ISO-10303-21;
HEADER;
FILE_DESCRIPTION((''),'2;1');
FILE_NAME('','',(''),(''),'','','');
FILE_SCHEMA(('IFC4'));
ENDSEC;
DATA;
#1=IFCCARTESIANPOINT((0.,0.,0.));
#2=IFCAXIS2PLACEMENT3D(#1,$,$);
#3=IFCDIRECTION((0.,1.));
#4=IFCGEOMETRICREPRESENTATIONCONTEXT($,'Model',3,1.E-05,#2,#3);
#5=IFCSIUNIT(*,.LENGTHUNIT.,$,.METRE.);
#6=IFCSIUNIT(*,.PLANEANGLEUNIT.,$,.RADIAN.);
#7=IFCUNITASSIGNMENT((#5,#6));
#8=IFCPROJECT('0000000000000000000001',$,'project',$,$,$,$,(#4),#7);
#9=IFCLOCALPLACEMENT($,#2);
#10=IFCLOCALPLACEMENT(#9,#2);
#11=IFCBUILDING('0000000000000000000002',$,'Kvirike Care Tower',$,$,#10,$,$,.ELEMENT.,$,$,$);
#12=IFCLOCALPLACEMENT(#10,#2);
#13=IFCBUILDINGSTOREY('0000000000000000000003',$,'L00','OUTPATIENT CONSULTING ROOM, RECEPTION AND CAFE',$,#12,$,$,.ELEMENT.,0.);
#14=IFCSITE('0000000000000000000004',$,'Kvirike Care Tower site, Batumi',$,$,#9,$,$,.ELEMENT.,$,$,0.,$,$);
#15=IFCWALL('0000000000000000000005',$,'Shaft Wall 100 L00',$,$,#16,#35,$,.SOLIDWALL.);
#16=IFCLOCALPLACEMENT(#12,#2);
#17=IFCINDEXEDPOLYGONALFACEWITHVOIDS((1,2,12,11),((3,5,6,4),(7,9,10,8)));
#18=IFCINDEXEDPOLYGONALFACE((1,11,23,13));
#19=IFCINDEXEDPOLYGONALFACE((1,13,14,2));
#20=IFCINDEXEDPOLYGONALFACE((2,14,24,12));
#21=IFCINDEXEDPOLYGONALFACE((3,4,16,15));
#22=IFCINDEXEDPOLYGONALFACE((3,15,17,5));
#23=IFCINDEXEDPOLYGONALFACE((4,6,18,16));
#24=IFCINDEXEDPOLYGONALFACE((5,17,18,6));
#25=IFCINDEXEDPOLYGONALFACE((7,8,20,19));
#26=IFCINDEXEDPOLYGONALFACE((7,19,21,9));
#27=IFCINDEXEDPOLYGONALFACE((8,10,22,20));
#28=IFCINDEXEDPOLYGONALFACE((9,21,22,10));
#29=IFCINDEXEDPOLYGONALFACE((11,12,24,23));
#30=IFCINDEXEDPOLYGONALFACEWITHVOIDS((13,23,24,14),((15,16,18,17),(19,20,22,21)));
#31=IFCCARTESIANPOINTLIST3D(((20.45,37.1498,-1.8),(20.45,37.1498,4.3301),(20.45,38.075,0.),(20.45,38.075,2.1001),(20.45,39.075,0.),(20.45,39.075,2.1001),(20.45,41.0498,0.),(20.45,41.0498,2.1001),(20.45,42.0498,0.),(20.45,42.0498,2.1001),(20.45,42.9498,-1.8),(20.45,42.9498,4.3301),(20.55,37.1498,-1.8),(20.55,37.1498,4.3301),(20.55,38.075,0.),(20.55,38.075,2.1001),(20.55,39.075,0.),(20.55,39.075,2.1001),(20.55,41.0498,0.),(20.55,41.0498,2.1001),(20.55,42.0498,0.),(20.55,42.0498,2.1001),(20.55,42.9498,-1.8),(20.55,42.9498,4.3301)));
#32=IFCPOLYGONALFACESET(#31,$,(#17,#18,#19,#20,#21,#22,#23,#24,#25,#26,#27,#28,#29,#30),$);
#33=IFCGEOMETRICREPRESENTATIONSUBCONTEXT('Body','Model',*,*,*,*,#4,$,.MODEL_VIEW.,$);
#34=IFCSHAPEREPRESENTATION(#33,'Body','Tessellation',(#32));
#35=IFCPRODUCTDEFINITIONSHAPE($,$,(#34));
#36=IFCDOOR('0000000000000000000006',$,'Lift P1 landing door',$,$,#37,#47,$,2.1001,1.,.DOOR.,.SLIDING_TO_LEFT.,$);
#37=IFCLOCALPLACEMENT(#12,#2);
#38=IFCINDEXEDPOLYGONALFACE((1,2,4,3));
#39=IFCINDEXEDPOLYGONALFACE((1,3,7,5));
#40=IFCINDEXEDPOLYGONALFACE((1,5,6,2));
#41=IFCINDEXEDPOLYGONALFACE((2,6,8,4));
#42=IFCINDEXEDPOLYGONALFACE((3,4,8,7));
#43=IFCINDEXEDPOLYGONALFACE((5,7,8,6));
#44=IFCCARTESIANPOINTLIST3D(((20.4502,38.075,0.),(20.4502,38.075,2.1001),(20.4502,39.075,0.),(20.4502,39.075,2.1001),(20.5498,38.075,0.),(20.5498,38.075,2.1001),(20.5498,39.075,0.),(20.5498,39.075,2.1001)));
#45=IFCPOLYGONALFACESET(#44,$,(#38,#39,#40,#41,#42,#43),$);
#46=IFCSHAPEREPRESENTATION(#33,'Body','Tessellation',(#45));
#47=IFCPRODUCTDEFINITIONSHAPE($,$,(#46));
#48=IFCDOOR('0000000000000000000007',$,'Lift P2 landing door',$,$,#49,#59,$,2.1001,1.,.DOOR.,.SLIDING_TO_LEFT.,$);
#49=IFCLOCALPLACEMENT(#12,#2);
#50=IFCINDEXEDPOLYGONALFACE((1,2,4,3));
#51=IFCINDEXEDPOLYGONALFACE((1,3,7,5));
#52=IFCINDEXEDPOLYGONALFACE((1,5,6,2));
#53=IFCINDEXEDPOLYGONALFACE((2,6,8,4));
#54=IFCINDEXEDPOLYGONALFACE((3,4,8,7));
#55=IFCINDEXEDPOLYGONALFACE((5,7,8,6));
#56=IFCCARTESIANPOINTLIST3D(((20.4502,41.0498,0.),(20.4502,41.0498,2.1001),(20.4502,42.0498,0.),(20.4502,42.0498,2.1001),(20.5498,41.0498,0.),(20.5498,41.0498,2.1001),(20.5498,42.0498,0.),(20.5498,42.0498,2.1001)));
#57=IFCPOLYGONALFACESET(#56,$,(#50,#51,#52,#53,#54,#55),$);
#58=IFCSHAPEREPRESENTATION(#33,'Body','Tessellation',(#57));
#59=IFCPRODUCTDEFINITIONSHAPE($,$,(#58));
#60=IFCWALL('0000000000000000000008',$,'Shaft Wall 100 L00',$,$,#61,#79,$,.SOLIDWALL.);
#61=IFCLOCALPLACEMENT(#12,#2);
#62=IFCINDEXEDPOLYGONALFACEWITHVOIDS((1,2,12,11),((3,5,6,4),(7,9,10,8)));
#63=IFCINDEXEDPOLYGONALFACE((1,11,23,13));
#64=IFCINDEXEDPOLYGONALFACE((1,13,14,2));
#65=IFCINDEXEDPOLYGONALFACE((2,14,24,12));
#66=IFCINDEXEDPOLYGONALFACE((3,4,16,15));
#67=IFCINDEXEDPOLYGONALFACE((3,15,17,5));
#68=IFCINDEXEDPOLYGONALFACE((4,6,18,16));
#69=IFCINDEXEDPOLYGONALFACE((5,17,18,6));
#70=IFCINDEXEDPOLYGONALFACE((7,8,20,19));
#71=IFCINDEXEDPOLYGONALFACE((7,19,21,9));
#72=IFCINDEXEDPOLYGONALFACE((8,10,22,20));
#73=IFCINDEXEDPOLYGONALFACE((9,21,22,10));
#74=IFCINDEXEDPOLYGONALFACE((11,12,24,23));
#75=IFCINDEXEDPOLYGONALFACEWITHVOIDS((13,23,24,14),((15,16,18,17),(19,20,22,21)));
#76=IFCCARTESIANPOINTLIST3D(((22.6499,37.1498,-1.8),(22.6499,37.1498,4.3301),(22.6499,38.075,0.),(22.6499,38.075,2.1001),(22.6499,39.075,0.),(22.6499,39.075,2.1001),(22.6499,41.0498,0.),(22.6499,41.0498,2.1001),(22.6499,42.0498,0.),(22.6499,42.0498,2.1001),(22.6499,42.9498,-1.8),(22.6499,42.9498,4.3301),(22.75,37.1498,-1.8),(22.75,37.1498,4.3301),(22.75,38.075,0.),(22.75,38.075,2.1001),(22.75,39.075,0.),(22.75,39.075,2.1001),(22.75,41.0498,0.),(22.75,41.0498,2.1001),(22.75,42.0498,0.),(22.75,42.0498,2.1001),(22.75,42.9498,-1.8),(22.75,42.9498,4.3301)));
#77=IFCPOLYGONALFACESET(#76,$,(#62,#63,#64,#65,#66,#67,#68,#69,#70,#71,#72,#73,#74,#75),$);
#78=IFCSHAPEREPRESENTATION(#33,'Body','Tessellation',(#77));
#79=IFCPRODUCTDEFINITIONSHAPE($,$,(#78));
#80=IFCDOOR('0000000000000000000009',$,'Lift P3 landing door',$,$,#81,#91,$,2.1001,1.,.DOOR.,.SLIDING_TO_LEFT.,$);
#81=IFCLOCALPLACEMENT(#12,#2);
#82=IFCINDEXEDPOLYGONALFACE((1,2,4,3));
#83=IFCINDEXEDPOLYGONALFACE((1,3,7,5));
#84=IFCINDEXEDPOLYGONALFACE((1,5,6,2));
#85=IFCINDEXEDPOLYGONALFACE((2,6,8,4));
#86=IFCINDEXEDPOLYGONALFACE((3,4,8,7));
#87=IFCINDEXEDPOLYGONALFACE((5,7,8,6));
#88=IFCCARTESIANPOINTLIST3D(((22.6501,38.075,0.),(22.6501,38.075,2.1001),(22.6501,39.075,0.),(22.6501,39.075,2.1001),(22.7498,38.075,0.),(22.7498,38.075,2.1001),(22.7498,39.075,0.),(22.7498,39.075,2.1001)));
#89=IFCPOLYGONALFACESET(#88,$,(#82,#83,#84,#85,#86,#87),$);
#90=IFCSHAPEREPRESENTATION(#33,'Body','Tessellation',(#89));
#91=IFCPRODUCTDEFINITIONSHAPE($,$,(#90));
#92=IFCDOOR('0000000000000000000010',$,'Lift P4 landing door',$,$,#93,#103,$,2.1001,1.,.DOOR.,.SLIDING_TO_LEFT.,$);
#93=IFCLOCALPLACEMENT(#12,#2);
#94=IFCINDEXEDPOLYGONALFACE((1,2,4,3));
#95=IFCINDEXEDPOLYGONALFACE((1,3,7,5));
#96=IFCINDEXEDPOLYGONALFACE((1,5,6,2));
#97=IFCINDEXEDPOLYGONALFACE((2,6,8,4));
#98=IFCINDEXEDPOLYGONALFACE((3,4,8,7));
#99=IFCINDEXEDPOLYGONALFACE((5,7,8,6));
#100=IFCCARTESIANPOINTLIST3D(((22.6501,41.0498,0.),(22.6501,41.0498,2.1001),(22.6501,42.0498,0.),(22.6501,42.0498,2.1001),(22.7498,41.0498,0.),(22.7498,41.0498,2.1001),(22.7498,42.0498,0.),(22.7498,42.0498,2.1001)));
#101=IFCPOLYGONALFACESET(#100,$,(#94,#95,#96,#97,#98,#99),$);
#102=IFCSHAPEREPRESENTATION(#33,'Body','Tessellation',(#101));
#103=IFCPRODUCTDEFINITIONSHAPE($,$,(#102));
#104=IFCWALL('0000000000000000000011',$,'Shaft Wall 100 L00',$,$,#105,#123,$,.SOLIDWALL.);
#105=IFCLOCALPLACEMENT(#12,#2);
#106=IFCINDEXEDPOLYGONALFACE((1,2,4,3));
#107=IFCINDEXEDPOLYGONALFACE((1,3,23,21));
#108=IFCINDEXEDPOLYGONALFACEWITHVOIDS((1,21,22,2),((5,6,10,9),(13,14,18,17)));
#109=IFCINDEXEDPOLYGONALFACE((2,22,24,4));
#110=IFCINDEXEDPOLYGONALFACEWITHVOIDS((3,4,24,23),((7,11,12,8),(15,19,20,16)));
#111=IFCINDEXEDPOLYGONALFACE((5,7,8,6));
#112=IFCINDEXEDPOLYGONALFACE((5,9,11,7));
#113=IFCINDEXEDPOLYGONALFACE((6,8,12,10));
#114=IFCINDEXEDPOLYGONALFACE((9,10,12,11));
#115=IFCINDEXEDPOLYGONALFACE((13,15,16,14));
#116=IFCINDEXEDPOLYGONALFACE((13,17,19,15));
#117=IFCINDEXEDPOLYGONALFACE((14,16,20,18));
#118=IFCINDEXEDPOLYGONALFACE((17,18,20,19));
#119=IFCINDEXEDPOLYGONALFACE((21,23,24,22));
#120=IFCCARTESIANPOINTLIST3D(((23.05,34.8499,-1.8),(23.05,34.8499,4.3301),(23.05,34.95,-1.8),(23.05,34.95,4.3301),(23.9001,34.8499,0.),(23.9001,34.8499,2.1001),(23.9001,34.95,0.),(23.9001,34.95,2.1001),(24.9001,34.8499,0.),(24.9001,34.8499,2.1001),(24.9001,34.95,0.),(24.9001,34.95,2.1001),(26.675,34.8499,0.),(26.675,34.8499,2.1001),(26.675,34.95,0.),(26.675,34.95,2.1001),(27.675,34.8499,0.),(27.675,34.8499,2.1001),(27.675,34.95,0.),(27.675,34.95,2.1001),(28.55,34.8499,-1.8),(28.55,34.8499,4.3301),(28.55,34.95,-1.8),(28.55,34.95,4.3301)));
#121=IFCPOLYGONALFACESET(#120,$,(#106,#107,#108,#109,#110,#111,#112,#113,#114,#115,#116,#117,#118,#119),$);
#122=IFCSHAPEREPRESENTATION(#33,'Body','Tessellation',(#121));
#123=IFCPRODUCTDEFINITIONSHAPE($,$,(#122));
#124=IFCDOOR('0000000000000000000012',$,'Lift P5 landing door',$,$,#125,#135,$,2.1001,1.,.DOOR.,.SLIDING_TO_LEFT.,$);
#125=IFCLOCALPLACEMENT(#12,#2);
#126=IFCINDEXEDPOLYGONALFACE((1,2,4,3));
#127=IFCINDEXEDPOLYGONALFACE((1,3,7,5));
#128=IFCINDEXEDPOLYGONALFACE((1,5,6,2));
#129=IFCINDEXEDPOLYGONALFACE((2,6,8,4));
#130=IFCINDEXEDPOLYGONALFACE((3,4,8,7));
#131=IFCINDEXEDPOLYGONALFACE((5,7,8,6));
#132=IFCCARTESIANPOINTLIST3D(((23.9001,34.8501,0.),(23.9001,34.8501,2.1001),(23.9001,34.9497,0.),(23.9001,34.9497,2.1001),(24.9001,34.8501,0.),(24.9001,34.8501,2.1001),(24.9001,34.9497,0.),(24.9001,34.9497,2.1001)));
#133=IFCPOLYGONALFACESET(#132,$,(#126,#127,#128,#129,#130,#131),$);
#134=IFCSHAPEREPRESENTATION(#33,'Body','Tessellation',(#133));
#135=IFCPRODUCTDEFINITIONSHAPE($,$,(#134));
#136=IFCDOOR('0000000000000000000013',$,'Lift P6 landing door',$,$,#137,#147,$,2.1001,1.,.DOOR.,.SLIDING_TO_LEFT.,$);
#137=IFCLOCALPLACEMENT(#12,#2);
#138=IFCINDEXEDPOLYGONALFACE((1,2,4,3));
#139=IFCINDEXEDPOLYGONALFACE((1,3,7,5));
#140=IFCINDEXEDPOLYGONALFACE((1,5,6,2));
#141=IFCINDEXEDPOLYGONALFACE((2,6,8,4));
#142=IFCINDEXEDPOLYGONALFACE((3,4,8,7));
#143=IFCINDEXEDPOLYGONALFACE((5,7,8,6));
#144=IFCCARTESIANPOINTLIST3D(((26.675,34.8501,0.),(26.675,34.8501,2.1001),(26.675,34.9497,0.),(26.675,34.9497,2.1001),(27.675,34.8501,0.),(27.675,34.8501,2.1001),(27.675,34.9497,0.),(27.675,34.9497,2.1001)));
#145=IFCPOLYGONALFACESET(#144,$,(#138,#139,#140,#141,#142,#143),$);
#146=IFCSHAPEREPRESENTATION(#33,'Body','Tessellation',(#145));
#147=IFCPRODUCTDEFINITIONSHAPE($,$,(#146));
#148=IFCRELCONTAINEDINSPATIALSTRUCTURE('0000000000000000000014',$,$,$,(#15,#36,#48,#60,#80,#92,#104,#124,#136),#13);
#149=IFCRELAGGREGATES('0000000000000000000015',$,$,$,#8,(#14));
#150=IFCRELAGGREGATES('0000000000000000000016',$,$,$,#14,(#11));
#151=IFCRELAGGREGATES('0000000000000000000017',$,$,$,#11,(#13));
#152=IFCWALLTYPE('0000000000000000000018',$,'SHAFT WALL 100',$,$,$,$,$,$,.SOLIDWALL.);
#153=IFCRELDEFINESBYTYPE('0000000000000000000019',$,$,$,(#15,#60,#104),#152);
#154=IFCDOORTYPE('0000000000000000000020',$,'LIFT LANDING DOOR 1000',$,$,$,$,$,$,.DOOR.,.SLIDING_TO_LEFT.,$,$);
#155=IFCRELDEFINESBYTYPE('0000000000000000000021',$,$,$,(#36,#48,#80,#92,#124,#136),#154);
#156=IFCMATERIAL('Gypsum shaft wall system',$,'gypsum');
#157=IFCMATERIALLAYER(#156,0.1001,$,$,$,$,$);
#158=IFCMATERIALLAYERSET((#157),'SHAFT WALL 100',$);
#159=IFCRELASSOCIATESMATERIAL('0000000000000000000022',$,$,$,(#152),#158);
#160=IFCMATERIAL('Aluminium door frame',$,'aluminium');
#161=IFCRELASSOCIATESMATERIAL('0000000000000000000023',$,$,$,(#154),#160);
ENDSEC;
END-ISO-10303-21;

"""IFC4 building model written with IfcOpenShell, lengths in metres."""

from ifc_helpers import new_model, si_unit, direction, frame, frame_2d, origin, place, context, subcontext, project, spatial, rectangle, extrude, material, layer, layer_set, type_object, element, fill, save


model = new_model("IFC4")

# Units and contexts
model_context = context("Model", 3, precision=1e-05, world=origin(), true_north=direction((0.0, 1.0)))
body_context = subcontext(model_context, "Body", "Model", "MODEL_VIEW")
ifc_project = project(units=[si_unit("LENGTHUNIT", "METRE"), si_unit("PLANEANGLEUNIT", "RADIAN")], contexts=[model_context])

# Site, building, storey
site_placement = place(None, origin())
site = spatial("IfcSite", under=ifc_project, at=site_placement, Name="Kvirike Care Tower site, Batumi", CompositionType="ELEMENT", RefElevation=0.0)
building_placement = place(site_placement, origin())
building = spatial("IfcBuilding", under=site, at=building_placement, Name="Kvirike Care Tower", CompositionType="ELEMENT")
storey_placement = place(building_placement, origin())
storey = spatial("IfcBuildingStorey", under=building, at=storey_placement, Name="L00", Description="OUTPATIENT CONSULTING ROOM, RECEPTION AND CAFE", CompositionType="ELEMENT", Elevation=0.0)

# Walls, openings, doors
ifc_material_1 = material(Name="Gypsum shaft wall system", Category="gypsum")
ifc_layer = layer(ifc_material_1, 0.1001)
ifc_layer_set = layer_set([ifc_layer], Name="SHAFT WALL 100")
wall_type = type_object("IfcWallType", Name="SHAFT WALL 100", PredefinedType="SOLIDWALL", material=ifc_layer_set)
wall_1_placement = place(storey_placement, frame((20.5, 37.1499, -1.8), z_axis=(0.0, 0.0, 1.0), x_axis=(0.0, 1.0, 0.0)))
wall_1 = element("IfcWall", 1, at=wall_1_placement, inside=storey, type_object=wall_type, Name="Shaft Wall 100 L00", PredefinedType="SOLIDWALL", context=body_context, shape_type="SweptSolid", body=[
    extrude(rectangle(XDim=5.8, YDim=0.1001, at=frame_2d((2.8999, 0.0))), origin(), (0.0, 0.0, 1.0), 6.1301),
])
opening_1_placement = place(wall_1_placement, frame((0.925, 0.0, 1.8)))
opening_1 = element("IfcOpeningElement", 2, at=opening_1_placement, cuts=wall_1, PredefinedType="OPENING", context=body_context, shape_type="SweptSolid", body=[
    extrude(rectangle(XDim=1.0, YDim=2.1001, at=frame_2d((0.5, 1.05))), frame((0.0, 0.0605, 0.0), z_axis=(0.0, -1.0, 0.0), x_axis=(1.0, 0.0, 0.0)), (0.0, 0.0, 1.0), 0.1211),
])
opening_2_placement = place(wall_1_placement, frame((3.8999, 0.0, 1.8)))
opening_2 = element("IfcOpeningElement", 3, at=opening_2_placement, cuts=wall_1, PredefinedType="OPENING", context=body_context, shape_type="SweptSolid", body=[
    extrude(rectangle(XDim=1.0, YDim=2.1001, at=frame_2d((0.5, 1.05))), frame((0.0, 0.0605, 0.0), z_axis=(0.0, -1.0, 0.0), x_axis=(1.0, 0.0, 0.0)), (0.0, 0.0, 1.0), 0.1211),
])
ifc_material_2 = material(Name="Aluminium door frame", Category="aluminium")
door_type_1 = type_object("IfcDoorType", Name="LIFT LANDING DOOR 1000", OperationType="SLIDING_TO_LEFT", PredefinedType="DOOR", material=ifc_material_2)
door_1_placement = place(opening_1_placement, origin())
door_1 = element("IfcDoor", 4, at=door_1_placement, inside=storey, type_object=door_type_1, Name="Lift P1 landing door", OperationType="SLIDING_TO_LEFT", OverallHeight=2.1001, OverallWidth=1.0, PredefinedType="DOOR", context=body_context, shape_type="SweptSolid", body=[
    extrude(rectangle(XDim=1.0, YDim=2.1001, at=frame_2d((0.5, 1.05))), frame((0.0, 0.0498, 0.0), z_axis=(0.0, -1.0, 0.0), x_axis=(1.0, 0.0, 0.0)), (0.0, 0.0, 1.0), 0.0996),
])
fill(opening_1, door_1)
door_2_placement = place(opening_2_placement, origin())
door_2 = element("IfcDoor", 5, at=door_2_placement, inside=storey, type_object=door_type_1, Name="Lift P2 landing door", OperationType="SLIDING_TO_LEFT", OverallHeight=2.1001, OverallWidth=1.0, PredefinedType="DOOR", context=body_context, shape_type="SweptSolid", body=[
    extrude(rectangle(XDim=1.0, YDim=2.1001, at=frame_2d((0.5, 1.05))), frame((0.0, 0.0498, 0.0), z_axis=(0.0, -1.0, 0.0), x_axis=(1.0, 0.0, 0.0)), (0.0, 0.0, 1.0), 0.0996),
])
fill(opening_2, door_2)
wall_2_placement = place(storey_placement, frame((22.7, 37.1499, -1.8), z_axis=(0.0, 0.0, 1.0), x_axis=(0.0, 1.0, 0.0)))
wall_2 = element("IfcWall", 6, at=wall_2_placement, inside=storey, type_object=wall_type, Name="Shaft Wall 100 L00", PredefinedType="SOLIDWALL", context=body_context, shape_type="SweptSolid", body=[
    extrude(rectangle(XDim=5.8, YDim=0.1001, at=frame_2d((2.8999, 0.0))), origin(), (0.0, 0.0, 1.0), 6.1301),
])
opening_3_placement = place(wall_2_placement, frame((0.925, 0.0, 1.8)))
opening_3 = element("IfcOpeningElement", 7, at=opening_3_placement, cuts=wall_2, PredefinedType="OPENING", context=body_context, shape_type="SweptSolid", body=[
    extrude(rectangle(XDim=1.0, YDim=2.1001, at=frame_2d((0.5, 1.05))), frame((0.0, 0.0605, 0.0), z_axis=(0.0, -1.0, 0.0), x_axis=(1.0, 0.0, 0.0)), (0.0, 0.0, 1.0), 0.1211),
])
opening_4_placement = place(wall_2_placement, frame((3.8999, 0.0, 1.8)))
opening_4 = element("IfcOpeningElement", 8, at=opening_4_placement, cuts=wall_2, PredefinedType="OPENING", context=body_context, shape_type="SweptSolid", body=[
    extrude(rectangle(XDim=1.0, YDim=2.1001, at=frame_2d((0.5, 1.05))), frame((0.0, 0.0605, 0.0), z_axis=(0.0, -1.0, 0.0), x_axis=(1.0, 0.0, 0.0)), (0.0, 0.0, 1.0), 0.1211),
])
door_3_placement = place(opening_3_placement, origin())
door_3 = element("IfcDoor", 9, at=door_3_placement, inside=storey, type_object=door_type_1, Name="Lift P3 landing door", OperationType="SLIDING_TO_LEFT", OverallHeight=2.1001, OverallWidth=1.0, PredefinedType="DOOR", context=body_context, shape_type="SweptSolid", body=[
    extrude(rectangle(XDim=1.0, YDim=2.1001, at=frame_2d((0.5, 1.05))), frame((0.0, 0.0498, 0.0), z_axis=(0.0, -1.0, 0.0), x_axis=(1.0, 0.0, 0.0)), (0.0, 0.0, 1.0), 0.0996),
])
fill(opening_3, door_3)
door_4_placement = place(opening_4_placement, origin())
door_4 = element("IfcDoor", 10, at=door_4_placement, inside=storey, type_object=door_type_1, Name="Lift P4 landing door", OperationType="SLIDING_TO_LEFT", OverallHeight=2.1001, OverallWidth=1.0, PredefinedType="DOOR", context=body_context, shape_type="SweptSolid", body=[
    extrude(rectangle(XDim=1.0, YDim=2.1001, at=frame_2d((0.5, 1.05))), frame((0.0, 0.0498, 0.0), z_axis=(0.0, -1.0, 0.0), x_axis=(1.0, 0.0, 0.0)), (0.0, 0.0, 1.0), 0.0996),
])
fill(opening_4, door_4)
wall_3_placement = place(storey_placement, frame((23.05, 34.8999, -1.8), z_axis=(0.0, 0.0, 1.0), x_axis=(1.0, 0.0, 0.0)))
wall_3 = element("IfcWall", 11, at=wall_3_placement, inside=storey, type_object=wall_type, Name="Shaft Wall 100 L00", PredefinedType="SOLIDWALL", context=body_context, shape_type="SweptSolid", body=[
    extrude(rectangle(XDim=5.5, YDim=0.1001, at=frame_2d((2.75, 0.0))), origin(), (0.0, 0.0, 1.0), 6.1301),
])
opening_5_placement = place(wall_3_placement, frame((0.8501, 0.0, 1.8)))
opening_5 = element("IfcOpeningElement", 12, at=opening_5_placement, cuts=wall_3, PredefinedType="OPENING", context=body_context, shape_type="SweptSolid", body=[
    extrude(rectangle(XDim=1.0, YDim=2.1001, at=frame_2d((0.5, 1.05))), frame((0.0, 0.0605, 0.0), z_axis=(0.0, -1.0, 0.0), x_axis=(1.0, 0.0, 0.0)), (0.0, 0.0, 1.0), 0.1211),
])
opening_6_placement = place(wall_3_placement, frame((3.625, 0.0, 1.8)))
opening_6 = element("IfcOpeningElement", 13, at=opening_6_placement, cuts=wall_3, PredefinedType="OPENING", context=body_context, shape_type="SweptSolid", body=[
    extrude(rectangle(XDim=1.0, YDim=2.1001, at=frame_2d((0.5, 1.05))), frame((0.0, 0.0605, 0.0), z_axis=(0.0, -1.0, 0.0), x_axis=(1.0, 0.0, 0.0)), (0.0, 0.0, 1.0), 0.1211),
])
door_5_placement = place(opening_5_placement, origin())
door_5 = element("IfcDoor", 14, at=door_5_placement, inside=storey, type_object=door_type_1, Name="Lift P5 landing door", OperationType="SLIDING_TO_LEFT", OverallHeight=2.1001, OverallWidth=1.0, PredefinedType="DOOR", context=body_context, shape_type="SweptSolid", body=[
    extrude(rectangle(XDim=1.0, YDim=2.1001, at=frame_2d((0.5, 1.05))), frame((0.0, 0.0498, 0.0), z_axis=(0.0, -1.0, 0.0), x_axis=(1.0, 0.0, 0.0)), (0.0, 0.0, 1.0), 0.0996),
])
fill(opening_5, door_5)
door_6_placement = place(opening_6_placement, origin())
door_6 = element("IfcDoor", 15, at=door_6_placement, inside=storey, type_object=door_type_1, Name="Lift P6 landing door", OperationType="SLIDING_TO_LEFT", OverallHeight=2.1001, OverallWidth=1.0, PredefinedType="DOOR", context=body_context, shape_type="SweptSolid", body=[
    extrude(rectangle(XDim=1.0, YDim=2.1001, at=frame_2d((0.5, 1.05))), frame((0.0, 0.0498, 0.0), z_axis=(0.0, -1.0, 0.0), x_axis=(1.0, 0.0, 0.0)), (0.0, 0.0, 1.0), 0.0996),
])
fill(opening_6, door_6)

save(model, "model.ifc")
